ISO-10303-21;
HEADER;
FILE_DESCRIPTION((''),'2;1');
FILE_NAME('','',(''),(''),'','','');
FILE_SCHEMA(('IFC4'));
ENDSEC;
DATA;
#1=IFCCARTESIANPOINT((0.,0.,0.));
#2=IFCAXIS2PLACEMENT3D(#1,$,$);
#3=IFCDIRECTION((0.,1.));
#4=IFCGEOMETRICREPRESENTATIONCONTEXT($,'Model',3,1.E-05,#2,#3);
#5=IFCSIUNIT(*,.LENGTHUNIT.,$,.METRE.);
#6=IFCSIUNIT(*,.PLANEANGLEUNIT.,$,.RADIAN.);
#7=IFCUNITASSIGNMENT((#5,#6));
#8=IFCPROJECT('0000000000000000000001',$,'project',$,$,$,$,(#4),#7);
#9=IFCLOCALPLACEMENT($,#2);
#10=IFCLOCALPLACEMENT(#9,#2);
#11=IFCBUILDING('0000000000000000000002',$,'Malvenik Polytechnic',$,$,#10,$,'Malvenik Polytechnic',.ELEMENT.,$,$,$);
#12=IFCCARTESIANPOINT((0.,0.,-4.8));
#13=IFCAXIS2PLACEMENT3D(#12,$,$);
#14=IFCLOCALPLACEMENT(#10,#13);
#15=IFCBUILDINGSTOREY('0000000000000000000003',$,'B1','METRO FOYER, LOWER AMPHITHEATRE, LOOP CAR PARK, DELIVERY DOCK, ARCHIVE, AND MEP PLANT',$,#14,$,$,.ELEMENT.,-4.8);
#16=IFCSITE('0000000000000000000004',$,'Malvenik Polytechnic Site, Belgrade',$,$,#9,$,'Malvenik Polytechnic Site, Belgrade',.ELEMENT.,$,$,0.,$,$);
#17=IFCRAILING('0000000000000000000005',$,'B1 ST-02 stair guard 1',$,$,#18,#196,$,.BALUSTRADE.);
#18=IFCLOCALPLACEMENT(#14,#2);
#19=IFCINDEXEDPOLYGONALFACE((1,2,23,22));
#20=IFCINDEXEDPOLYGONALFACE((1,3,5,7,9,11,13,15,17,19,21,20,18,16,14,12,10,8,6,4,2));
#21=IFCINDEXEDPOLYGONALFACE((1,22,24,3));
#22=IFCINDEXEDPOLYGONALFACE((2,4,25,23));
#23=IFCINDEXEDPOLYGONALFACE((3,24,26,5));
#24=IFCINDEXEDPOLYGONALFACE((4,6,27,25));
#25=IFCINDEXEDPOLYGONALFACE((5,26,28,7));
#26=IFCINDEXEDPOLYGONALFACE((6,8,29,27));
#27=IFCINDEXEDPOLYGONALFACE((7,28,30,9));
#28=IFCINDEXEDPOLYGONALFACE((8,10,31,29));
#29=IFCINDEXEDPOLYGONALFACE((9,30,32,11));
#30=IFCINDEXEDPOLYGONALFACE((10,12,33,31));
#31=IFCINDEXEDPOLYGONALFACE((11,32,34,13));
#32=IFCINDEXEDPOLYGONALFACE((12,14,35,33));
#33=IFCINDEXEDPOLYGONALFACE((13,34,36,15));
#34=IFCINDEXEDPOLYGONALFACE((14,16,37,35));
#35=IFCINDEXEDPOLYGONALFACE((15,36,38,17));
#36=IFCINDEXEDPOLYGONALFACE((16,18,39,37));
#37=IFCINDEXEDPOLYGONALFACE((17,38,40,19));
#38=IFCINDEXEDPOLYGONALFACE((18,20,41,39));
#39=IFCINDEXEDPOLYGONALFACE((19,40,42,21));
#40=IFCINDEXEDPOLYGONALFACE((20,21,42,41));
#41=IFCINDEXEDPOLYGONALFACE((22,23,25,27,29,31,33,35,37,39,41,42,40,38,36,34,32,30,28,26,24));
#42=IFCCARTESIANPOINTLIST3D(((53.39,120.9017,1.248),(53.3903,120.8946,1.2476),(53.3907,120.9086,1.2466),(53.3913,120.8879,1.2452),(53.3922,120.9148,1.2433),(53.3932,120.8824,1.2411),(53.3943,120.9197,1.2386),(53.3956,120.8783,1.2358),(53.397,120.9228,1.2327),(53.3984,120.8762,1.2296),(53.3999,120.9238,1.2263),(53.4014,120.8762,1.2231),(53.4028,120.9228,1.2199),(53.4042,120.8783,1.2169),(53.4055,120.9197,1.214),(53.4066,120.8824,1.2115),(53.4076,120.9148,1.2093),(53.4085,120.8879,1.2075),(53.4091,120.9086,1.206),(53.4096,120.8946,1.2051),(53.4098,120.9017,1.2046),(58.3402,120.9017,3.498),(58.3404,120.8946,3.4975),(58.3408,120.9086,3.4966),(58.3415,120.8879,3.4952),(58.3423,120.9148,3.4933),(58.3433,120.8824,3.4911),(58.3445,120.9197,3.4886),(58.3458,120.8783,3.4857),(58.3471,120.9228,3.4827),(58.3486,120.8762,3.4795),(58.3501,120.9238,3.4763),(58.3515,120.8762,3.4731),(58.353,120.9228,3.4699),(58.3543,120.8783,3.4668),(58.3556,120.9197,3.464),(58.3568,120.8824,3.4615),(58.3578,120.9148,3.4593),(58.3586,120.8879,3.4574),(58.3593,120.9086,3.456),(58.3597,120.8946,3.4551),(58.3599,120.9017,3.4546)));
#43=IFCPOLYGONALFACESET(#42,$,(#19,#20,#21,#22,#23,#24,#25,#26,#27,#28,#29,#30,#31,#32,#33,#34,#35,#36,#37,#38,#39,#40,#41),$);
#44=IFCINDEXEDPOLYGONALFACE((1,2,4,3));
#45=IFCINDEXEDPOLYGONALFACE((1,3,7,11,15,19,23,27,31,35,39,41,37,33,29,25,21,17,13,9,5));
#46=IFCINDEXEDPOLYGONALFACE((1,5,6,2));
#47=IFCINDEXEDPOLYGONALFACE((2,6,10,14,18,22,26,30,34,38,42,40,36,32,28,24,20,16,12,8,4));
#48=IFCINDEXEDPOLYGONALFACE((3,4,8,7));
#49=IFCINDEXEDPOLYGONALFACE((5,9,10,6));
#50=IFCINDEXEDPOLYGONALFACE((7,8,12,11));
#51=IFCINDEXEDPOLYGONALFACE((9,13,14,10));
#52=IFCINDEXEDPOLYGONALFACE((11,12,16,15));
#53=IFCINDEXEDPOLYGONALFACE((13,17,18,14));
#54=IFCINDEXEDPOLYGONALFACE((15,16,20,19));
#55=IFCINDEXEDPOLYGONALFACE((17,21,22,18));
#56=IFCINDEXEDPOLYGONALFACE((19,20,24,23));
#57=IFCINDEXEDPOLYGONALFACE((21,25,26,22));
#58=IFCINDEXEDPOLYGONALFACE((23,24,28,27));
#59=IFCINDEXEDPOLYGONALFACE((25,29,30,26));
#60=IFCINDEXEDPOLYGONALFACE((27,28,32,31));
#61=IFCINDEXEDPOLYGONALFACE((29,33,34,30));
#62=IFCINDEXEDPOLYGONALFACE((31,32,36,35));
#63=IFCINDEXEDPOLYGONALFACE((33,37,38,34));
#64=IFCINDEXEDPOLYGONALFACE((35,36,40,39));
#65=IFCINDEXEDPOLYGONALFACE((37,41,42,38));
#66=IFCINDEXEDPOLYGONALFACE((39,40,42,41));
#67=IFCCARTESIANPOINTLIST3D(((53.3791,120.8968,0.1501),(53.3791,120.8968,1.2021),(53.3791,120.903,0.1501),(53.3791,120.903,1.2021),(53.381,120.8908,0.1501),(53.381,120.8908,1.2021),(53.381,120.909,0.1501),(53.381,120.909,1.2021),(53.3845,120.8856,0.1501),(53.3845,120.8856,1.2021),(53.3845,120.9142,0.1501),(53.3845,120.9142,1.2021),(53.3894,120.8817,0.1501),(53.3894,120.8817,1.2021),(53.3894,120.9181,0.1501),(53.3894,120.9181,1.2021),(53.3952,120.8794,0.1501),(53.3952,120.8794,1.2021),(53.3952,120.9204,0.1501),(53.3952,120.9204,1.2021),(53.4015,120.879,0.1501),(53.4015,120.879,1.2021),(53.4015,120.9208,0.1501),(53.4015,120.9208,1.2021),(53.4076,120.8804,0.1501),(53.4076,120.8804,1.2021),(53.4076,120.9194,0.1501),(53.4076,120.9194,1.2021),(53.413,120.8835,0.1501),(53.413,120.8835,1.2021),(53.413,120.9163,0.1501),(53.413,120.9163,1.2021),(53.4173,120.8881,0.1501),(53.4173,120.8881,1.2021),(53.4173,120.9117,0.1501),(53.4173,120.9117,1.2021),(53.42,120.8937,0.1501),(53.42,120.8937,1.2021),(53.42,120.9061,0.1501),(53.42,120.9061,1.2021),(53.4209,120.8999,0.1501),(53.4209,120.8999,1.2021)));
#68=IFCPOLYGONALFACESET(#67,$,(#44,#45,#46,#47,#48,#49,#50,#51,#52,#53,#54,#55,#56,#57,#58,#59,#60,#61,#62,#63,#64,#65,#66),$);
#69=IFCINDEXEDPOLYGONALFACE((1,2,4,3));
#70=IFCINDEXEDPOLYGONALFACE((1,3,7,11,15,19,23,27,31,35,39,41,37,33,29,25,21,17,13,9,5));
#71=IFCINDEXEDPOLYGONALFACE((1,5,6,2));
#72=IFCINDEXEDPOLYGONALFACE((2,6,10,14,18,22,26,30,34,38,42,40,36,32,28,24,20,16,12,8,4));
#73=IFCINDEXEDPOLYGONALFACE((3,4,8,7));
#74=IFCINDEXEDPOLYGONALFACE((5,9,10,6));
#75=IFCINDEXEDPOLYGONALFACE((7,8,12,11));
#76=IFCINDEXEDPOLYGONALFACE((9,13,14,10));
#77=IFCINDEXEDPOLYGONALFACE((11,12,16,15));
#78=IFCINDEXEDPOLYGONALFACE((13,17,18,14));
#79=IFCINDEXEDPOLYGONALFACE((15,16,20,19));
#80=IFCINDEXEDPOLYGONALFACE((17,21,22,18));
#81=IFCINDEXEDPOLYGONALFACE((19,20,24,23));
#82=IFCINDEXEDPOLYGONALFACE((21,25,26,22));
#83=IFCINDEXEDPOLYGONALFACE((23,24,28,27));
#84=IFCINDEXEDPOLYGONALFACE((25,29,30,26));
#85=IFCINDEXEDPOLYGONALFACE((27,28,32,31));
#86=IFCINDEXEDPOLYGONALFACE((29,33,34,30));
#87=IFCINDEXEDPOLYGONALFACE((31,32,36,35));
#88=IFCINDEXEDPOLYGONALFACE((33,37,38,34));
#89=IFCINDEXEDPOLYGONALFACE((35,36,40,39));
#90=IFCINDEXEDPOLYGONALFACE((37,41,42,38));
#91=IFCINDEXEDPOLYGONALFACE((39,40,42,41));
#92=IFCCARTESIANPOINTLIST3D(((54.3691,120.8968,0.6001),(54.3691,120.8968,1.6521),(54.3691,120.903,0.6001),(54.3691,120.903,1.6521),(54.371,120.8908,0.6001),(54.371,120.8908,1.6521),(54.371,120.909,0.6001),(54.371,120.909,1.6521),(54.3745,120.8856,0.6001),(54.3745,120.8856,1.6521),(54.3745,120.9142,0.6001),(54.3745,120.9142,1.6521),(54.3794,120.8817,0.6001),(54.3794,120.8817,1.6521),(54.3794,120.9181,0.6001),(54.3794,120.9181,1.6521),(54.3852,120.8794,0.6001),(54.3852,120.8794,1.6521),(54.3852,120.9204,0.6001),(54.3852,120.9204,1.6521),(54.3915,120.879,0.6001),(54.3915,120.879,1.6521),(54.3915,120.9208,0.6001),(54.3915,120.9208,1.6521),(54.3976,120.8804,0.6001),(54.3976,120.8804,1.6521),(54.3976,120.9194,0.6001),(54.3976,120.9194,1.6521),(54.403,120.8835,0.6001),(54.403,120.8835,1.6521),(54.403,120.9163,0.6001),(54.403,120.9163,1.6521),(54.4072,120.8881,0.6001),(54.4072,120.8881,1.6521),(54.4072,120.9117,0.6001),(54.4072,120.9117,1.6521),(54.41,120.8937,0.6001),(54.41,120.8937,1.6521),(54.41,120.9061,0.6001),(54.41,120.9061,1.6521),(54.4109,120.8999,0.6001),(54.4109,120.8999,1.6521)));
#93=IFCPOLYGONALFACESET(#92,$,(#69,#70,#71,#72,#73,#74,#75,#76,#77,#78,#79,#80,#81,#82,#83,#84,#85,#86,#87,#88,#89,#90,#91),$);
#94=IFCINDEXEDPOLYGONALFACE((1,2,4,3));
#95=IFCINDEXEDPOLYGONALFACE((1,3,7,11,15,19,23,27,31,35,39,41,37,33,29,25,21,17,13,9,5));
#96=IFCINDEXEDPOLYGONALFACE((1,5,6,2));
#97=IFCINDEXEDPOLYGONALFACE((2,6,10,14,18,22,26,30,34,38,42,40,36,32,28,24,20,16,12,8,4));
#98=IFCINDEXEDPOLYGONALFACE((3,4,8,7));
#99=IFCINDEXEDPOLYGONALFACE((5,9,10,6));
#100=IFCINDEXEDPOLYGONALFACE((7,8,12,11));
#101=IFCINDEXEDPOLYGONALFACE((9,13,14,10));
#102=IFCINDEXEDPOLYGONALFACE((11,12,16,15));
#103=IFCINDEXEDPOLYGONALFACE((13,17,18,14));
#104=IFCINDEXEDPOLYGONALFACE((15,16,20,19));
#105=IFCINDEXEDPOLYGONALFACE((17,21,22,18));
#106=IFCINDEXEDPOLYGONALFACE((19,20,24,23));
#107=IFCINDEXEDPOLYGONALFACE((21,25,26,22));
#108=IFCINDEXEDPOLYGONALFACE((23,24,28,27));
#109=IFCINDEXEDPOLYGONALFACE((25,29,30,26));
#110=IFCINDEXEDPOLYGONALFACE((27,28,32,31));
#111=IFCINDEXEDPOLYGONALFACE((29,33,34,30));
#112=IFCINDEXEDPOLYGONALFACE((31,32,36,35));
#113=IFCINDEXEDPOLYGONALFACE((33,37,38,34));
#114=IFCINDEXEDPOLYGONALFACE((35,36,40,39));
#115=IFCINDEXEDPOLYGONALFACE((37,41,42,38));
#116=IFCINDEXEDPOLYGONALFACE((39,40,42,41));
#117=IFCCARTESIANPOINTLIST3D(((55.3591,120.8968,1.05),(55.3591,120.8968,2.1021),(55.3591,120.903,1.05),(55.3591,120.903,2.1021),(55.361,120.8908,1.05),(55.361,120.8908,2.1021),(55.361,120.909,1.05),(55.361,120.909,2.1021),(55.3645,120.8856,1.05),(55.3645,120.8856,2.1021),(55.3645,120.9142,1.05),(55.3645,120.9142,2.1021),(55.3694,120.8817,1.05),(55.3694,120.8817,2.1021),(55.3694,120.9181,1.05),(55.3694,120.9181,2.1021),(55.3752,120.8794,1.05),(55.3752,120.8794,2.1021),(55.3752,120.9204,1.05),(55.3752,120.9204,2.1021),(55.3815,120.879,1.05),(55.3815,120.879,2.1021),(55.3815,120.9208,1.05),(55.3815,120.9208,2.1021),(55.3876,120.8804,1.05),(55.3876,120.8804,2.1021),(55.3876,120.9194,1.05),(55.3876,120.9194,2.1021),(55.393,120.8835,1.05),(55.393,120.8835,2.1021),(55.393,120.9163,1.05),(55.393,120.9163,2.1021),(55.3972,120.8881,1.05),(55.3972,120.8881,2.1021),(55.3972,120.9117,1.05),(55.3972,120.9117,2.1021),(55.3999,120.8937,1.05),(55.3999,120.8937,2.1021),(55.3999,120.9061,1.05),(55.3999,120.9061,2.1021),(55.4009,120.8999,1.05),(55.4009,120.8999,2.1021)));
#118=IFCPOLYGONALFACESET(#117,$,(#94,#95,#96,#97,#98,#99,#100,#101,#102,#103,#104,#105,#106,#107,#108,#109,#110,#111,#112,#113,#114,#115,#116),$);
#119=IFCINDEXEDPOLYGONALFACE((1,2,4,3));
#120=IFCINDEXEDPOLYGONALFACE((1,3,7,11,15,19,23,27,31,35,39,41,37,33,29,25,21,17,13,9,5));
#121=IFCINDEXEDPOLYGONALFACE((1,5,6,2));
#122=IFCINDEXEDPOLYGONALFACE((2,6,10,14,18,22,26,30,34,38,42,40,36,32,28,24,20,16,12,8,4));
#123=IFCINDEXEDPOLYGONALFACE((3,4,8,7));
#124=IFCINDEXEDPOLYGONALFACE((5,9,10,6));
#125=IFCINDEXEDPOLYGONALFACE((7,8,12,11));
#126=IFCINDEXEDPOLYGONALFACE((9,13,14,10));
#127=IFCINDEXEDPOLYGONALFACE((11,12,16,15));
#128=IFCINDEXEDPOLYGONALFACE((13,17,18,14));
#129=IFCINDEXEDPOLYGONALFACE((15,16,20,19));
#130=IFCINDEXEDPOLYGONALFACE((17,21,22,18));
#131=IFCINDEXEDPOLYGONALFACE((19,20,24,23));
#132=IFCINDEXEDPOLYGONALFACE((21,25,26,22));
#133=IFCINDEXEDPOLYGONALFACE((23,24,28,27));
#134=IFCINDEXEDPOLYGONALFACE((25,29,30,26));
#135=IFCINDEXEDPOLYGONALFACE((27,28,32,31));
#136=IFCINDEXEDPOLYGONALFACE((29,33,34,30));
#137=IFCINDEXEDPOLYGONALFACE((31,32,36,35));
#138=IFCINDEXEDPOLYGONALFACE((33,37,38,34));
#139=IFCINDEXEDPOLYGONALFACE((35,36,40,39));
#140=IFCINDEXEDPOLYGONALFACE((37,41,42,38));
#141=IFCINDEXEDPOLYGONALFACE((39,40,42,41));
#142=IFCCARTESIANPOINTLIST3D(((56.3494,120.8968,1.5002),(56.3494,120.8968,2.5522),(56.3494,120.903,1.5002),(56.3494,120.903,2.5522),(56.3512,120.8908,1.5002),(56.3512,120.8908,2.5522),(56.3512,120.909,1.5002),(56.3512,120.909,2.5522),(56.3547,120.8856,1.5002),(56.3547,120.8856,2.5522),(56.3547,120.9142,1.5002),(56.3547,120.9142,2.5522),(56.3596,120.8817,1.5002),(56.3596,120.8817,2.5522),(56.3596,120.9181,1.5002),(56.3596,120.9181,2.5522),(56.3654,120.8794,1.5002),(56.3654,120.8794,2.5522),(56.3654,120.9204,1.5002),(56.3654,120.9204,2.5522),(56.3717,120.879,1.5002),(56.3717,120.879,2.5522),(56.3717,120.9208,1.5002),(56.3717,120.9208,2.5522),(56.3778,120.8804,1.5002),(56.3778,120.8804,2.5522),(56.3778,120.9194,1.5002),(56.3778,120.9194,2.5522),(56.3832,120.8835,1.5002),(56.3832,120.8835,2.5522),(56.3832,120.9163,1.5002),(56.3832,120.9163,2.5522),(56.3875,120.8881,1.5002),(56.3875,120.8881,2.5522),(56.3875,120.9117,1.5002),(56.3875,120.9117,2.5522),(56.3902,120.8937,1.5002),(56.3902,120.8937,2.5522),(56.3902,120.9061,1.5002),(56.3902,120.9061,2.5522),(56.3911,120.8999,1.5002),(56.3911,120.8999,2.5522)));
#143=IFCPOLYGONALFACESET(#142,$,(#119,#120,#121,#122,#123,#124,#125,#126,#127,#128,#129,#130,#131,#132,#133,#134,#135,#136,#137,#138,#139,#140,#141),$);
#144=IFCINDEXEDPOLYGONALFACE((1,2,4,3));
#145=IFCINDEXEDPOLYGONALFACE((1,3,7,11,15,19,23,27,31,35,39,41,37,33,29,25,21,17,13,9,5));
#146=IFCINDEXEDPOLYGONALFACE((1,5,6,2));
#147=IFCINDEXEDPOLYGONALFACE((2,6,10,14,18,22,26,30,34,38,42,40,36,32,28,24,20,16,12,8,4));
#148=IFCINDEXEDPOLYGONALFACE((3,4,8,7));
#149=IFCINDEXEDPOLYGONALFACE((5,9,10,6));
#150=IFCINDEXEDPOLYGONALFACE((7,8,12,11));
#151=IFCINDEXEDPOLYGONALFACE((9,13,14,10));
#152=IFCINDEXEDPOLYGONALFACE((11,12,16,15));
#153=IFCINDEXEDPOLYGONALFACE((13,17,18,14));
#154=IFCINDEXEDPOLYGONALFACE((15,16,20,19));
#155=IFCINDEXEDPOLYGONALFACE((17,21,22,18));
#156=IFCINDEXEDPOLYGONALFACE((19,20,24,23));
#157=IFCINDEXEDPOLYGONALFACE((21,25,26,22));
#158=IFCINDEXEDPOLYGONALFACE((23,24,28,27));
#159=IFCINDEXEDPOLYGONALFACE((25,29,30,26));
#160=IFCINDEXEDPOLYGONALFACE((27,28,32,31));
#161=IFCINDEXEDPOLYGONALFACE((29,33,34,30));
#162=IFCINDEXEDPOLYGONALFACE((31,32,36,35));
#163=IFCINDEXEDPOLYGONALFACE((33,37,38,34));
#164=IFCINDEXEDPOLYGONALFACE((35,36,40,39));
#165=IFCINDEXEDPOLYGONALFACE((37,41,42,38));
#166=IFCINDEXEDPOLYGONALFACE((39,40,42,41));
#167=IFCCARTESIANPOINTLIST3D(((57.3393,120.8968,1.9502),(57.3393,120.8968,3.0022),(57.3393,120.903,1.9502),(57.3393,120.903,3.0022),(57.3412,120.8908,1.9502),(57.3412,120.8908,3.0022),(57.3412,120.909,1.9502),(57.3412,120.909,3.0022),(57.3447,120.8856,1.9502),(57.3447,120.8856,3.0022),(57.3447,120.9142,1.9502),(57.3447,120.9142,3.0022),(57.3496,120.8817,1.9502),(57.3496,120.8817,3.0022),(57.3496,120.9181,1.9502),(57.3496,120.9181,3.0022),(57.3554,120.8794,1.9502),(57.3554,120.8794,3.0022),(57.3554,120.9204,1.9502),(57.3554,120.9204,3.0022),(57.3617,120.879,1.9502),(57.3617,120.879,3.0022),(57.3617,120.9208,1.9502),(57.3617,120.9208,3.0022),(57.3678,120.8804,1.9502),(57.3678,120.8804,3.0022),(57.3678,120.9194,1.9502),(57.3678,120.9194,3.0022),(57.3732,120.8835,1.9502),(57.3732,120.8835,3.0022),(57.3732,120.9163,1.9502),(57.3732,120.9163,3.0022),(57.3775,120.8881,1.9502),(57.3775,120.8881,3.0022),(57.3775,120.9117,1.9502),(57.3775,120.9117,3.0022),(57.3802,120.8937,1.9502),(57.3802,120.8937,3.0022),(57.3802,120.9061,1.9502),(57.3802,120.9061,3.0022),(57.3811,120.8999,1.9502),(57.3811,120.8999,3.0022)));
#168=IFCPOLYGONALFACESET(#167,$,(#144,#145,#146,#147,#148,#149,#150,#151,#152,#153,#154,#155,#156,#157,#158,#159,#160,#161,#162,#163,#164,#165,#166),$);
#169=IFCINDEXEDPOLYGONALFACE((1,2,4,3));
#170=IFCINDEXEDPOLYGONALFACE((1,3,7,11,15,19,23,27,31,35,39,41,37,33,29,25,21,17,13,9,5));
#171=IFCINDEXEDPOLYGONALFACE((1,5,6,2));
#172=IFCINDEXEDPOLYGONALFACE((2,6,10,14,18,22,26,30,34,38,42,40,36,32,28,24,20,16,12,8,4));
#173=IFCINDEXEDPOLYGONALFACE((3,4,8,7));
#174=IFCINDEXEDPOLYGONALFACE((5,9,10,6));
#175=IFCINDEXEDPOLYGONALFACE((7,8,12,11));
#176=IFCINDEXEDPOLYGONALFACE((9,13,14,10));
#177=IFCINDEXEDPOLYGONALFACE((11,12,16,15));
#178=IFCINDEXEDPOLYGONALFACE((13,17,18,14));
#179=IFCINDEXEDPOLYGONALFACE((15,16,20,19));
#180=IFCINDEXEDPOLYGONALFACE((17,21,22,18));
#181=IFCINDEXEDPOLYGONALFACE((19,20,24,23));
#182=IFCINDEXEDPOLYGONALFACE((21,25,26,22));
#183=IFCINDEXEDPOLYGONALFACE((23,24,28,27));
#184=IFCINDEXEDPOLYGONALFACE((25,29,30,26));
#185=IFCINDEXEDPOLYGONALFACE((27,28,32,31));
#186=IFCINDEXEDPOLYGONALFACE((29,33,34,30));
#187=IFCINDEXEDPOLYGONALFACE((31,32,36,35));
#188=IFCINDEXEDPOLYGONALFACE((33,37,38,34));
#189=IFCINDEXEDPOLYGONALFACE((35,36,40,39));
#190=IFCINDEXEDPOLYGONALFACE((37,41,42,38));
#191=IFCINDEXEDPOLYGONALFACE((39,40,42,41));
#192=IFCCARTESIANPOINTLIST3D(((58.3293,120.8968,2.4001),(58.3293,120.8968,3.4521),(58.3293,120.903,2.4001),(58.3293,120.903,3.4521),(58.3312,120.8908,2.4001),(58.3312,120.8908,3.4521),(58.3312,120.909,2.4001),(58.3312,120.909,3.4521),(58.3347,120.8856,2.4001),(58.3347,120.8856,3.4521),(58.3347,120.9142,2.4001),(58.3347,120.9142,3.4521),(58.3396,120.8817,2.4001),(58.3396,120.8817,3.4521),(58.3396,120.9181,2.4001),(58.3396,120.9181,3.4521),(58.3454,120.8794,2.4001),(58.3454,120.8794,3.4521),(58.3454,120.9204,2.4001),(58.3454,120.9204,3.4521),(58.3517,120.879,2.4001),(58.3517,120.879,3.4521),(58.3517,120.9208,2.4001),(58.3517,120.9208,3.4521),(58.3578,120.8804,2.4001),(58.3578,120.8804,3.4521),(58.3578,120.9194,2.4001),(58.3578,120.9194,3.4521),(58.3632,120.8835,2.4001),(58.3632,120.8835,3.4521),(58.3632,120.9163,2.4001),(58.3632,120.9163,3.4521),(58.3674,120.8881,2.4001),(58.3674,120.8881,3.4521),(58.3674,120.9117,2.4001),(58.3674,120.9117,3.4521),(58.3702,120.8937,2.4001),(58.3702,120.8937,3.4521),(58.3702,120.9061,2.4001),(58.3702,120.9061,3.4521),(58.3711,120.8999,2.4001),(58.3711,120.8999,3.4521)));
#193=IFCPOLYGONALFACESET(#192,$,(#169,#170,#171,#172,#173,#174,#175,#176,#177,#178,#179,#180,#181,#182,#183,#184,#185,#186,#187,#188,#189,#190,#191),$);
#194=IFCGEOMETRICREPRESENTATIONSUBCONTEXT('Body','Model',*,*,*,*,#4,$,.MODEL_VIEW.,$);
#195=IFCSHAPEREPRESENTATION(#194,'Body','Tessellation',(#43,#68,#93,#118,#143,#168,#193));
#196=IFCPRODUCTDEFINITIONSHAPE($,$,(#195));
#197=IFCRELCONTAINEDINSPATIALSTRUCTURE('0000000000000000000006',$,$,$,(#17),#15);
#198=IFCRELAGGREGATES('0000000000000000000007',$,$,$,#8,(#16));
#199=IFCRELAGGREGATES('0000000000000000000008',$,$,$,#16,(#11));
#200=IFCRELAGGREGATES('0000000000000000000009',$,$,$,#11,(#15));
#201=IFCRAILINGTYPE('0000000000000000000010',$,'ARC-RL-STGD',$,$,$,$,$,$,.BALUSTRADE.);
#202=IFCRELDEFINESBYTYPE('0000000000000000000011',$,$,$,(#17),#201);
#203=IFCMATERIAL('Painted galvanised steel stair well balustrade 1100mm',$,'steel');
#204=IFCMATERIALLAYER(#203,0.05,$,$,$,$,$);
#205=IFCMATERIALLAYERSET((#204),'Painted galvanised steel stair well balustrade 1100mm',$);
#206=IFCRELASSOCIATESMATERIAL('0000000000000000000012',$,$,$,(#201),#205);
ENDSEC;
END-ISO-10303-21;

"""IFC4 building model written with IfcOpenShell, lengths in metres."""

from ifc_helpers import new_model, si_unit, direction, frame, origin, origin_2d, place, context, subcontext, project, spatial, circle, extrude, material, layer, layer_set, type_object, element, save


model = new_model("IFC4")

# Units and contexts
model_context = context("Model", 3, precision=1e-05, world=origin(), true_north=direction((0.0, 1.0)))
body_context = subcontext(model_context, "Body", "Model", "MODEL_VIEW")
ifc_project = project(units=[si_unit("LENGTHUNIT", "METRE"), si_unit("PLANEANGLEUNIT", "RADIAN")], contexts=[model_context])

# Site, building, storey
site_placement = place(None, origin())
site = spatial("IfcSite", under=ifc_project, at=site_placement, Name="Malvenik Polytechnic Site, Belgrade", LongName="Malvenik Polytechnic Site, Belgrade", CompositionType="ELEMENT", RefElevation=0.0)
building_placement = place(site_placement, origin())
building = spatial("IfcBuilding", under=site, at=building_placement, Name="Malvenik Polytechnic", LongName="Malvenik Polytechnic", CompositionType="ELEMENT")
storey_placement = place(building_placement, frame((0.0, 0.0, -4.8)))
storey = spatial("IfcBuildingStorey", under=building, at=storey_placement, Name="B1", Description="METRO FOYER, LOWER AMPHITHEATRE, LOOP CAR PARK, DELIVERY DOCK, ARCHIVE, AND MEP PLANT", CompositionType="ELEMENT", Elevation=-4.8)

# Railing
ifc_material_1 = material(Name="Painted galvanised steel stair well balustrade 1100mm", Category="steel")
ifc_layer_1 = layer(ifc_material_1, 0.05)
ifc_layer_set_1 = layer_set([ifc_layer_1], Name="Painted galvanised steel stair well balustrade 1100mm")
railing_type_1 = type_object("IfcRailingType", Name="ARC-RL-STGD", PredefinedType="BALUSTRADE", material=ifc_layer_set_1)
railing_1_placement = place(storey_placement, frame((53.3999, 120.8999, 0.1501)))
element("IfcRailing", 1, at=railing_1_placement, inside=storey, type_object=railing_type_1, Name="B1 ST-02 stair guard 1", PredefinedType="BALUSTRADE", context=body_context, shape_type="SweptSolid", body=[
    extrude(circle(Radius=0.0239, at=origin_2d()), frame((0.0, 0.0, 1.0762), z_axis=(0.910373, 0.0, 0.413789), x_axis=(0.0, 1.0, 0.0)), (0.0, 0.0, 1.0), 5.4375),
    extrude(circle(Radius=0.021, at=origin_2d()), origin(), (0.0, 0.0, 1.0), 1.052),
    extrude(circle(Radius=0.021, at=origin_2d()), frame((0.99, 0.0, 0.45)), (0.0, 0.0, 1.0), 1.052),
    extrude(circle(Radius=0.021, at=origin_2d()), frame((1.98, 0.0, 0.8999)), (0.0, 0.0, 1.0), 1.052),
    extrude(circle(Radius=0.021, at=origin_2d()), frame((2.9702, 0.0, 1.3501)), (0.0, 0.0, 1.0), 1.052),
    extrude(circle(Radius=0.021, at=origin_2d()), frame((3.9602, 0.0, 1.8)), (0.0, 0.0, 1.0), 1.052),
    extrude(circle(Radius=0.021, at=origin_2d()), frame((4.9502, 0.0, 2.25)), (0.0, 0.0, 1.0), 1.052),
])

save(model, "model.ifc")
